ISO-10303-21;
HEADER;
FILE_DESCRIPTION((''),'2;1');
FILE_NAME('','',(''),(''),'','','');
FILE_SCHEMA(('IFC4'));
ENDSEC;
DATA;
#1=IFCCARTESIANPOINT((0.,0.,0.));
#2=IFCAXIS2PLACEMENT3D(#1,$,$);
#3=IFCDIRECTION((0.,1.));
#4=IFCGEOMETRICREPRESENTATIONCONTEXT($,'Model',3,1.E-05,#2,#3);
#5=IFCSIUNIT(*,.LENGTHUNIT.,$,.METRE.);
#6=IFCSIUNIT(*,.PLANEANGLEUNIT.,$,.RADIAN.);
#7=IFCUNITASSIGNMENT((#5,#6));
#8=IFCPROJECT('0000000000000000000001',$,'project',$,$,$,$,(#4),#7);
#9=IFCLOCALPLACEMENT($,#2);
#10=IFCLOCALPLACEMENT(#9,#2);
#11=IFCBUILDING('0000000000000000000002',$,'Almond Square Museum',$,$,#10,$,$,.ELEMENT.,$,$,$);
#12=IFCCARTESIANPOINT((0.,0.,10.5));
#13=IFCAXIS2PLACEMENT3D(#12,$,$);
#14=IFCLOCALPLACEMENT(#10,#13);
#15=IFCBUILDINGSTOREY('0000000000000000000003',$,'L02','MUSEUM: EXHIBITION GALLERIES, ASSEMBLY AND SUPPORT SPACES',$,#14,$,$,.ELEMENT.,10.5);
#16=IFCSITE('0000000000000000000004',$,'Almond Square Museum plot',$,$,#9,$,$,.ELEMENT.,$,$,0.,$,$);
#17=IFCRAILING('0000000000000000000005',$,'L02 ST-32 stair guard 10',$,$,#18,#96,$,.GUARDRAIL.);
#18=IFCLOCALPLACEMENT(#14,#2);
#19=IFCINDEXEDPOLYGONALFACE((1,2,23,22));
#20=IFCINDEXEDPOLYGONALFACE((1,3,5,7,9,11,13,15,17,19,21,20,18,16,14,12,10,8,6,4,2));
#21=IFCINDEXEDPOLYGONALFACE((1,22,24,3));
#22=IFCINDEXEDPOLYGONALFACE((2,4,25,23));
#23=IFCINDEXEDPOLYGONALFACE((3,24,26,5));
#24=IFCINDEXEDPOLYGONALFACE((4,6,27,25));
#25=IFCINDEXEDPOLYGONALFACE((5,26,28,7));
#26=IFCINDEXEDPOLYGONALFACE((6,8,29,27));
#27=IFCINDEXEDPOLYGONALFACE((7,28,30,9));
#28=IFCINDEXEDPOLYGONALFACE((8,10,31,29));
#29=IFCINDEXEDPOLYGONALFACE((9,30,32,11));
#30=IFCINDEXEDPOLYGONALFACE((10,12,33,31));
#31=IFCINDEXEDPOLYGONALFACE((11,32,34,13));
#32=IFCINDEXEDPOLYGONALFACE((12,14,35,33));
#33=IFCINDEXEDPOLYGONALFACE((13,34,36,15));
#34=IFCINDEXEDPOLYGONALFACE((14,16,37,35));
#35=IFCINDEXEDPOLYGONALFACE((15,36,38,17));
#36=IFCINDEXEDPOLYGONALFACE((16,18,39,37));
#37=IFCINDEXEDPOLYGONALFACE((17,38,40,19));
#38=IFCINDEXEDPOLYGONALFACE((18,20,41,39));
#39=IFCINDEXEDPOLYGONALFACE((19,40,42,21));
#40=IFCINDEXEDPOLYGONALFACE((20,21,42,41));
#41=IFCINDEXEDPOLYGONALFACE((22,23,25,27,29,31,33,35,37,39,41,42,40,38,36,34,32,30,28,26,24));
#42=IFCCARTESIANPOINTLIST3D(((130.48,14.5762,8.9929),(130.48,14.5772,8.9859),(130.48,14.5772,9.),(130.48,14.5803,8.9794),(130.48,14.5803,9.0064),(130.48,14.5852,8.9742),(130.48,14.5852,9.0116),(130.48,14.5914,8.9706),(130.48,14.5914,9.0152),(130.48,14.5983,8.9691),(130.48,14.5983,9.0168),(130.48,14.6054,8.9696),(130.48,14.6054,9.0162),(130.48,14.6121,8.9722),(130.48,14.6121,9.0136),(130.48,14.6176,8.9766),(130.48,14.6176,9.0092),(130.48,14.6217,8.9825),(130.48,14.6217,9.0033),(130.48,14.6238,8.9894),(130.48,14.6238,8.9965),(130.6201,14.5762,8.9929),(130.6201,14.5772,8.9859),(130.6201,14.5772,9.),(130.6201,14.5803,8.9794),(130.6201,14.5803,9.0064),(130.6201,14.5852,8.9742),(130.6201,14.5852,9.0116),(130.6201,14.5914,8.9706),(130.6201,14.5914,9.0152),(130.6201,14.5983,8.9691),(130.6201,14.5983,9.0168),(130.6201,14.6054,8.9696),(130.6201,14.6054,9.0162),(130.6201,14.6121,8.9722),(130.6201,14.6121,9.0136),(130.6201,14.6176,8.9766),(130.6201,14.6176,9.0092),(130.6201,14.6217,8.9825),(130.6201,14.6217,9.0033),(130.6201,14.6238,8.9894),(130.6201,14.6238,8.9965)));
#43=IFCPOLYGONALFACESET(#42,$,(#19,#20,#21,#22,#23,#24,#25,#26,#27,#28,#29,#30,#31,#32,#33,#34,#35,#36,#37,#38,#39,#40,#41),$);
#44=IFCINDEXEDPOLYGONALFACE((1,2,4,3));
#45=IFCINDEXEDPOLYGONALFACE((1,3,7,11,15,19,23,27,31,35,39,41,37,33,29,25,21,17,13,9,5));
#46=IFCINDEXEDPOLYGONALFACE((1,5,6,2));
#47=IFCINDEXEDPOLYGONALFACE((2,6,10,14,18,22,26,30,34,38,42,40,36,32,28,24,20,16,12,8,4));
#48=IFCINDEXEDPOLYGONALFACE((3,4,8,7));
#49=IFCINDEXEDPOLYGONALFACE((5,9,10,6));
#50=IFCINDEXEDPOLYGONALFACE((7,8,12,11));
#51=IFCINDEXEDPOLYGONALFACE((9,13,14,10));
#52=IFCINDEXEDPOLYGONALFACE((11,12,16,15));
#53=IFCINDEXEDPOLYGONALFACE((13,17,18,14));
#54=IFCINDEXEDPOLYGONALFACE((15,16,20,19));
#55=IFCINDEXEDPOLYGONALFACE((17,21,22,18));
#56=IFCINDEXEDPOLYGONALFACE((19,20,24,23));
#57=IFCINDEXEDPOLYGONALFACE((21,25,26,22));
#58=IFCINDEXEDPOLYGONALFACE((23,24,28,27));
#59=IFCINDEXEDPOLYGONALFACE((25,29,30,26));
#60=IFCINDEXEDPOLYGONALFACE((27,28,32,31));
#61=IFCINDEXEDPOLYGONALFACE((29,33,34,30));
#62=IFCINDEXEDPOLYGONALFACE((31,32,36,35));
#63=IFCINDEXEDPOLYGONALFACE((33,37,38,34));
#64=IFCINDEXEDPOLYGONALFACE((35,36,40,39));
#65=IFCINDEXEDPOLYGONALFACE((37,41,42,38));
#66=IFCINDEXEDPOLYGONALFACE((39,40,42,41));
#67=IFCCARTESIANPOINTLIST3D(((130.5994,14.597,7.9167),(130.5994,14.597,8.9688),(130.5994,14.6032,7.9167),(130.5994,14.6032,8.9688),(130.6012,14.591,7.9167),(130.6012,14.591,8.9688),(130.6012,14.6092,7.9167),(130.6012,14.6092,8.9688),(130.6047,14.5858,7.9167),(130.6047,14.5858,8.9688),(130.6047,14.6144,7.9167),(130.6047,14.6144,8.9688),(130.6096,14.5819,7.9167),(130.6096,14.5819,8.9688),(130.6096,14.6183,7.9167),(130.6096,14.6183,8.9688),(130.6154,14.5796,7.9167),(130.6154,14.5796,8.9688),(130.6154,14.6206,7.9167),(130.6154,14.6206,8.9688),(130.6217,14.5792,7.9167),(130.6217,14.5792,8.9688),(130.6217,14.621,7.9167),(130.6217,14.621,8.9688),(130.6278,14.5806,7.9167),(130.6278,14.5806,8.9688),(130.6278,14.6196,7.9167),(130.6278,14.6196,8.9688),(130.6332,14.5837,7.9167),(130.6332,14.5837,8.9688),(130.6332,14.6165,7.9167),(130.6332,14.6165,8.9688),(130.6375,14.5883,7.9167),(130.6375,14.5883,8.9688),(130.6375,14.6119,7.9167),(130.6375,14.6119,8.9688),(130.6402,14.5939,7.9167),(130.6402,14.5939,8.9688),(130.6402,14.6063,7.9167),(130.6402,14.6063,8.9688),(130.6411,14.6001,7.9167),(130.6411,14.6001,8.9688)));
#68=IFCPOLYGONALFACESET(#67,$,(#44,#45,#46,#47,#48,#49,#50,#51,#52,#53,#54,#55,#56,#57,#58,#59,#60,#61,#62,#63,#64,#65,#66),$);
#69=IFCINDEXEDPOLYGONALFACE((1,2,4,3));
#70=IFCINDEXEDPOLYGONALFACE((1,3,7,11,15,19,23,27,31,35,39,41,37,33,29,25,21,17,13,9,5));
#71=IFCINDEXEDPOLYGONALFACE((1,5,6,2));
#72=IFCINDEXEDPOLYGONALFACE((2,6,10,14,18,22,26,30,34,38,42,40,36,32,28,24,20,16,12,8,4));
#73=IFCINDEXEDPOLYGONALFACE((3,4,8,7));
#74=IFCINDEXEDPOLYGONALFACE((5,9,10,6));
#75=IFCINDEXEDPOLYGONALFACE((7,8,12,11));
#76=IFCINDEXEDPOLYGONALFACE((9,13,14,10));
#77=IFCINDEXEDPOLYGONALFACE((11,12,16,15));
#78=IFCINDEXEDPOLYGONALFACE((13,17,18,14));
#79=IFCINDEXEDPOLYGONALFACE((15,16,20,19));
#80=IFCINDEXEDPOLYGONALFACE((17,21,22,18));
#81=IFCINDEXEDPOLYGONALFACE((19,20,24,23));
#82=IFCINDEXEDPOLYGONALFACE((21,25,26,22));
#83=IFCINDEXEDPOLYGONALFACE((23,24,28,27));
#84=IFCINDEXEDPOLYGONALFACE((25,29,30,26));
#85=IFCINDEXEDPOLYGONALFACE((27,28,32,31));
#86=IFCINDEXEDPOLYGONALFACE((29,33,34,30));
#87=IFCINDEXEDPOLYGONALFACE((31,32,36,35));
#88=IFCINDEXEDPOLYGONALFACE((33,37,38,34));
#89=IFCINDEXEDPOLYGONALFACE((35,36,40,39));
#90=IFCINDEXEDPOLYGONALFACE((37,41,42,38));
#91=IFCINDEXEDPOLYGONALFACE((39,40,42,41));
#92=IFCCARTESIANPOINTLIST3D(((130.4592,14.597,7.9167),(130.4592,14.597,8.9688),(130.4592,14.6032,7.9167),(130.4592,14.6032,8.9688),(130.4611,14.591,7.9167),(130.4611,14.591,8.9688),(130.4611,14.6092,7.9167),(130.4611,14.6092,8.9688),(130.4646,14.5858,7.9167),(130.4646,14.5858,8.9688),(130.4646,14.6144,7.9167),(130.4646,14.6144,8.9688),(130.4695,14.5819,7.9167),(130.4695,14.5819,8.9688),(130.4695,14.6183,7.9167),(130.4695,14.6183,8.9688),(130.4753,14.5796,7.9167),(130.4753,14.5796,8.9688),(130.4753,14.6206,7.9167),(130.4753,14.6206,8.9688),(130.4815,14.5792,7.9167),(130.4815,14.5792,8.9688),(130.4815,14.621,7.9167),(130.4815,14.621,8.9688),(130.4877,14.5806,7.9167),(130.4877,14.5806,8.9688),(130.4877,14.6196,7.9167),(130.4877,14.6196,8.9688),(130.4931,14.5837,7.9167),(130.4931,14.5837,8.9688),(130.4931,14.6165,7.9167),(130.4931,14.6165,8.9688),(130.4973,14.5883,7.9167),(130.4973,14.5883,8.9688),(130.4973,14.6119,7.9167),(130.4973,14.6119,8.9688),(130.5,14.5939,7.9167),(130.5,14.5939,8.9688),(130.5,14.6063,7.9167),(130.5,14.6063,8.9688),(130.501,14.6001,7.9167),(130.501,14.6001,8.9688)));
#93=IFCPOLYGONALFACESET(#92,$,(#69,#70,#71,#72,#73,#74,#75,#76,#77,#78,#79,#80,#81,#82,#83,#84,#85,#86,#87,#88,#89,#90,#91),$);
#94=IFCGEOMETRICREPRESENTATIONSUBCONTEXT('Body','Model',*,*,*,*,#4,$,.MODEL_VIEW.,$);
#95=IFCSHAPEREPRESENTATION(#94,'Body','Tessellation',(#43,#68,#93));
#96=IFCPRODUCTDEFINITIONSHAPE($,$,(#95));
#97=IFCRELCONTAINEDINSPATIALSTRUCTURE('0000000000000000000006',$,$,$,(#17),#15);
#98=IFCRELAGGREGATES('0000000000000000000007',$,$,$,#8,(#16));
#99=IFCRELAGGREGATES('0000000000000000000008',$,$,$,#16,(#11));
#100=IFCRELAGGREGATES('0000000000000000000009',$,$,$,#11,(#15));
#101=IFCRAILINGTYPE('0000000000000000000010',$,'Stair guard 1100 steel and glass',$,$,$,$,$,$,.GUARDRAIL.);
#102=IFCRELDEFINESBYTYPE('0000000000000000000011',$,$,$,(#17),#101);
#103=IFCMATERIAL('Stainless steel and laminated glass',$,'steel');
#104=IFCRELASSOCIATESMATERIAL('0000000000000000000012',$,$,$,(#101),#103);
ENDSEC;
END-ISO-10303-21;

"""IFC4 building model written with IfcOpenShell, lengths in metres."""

from ifc_helpers import new_model, si_unit, direction, frame, origin, origin_2d, place, context, subcontext, project, spatial, circle, extrude, material, type_object, element, save


model = new_model("IFC4")

# Units and contexts
model_context = context("Model", 3, precision=1e-05, world=origin(), true_north=direction((0.0, 1.0)))
body_context = subcontext(model_context, "Body", "Model", "MODEL_VIEW")
ifc_project = project(units=[si_unit("LENGTHUNIT", "METRE"), si_unit("PLANEANGLEUNIT", "RADIAN")], contexts=[model_context])

# Site, building, storey
site_placement = place(None, origin())
site = spatial("IfcSite", under=ifc_project, at=site_placement, Name="Almond Square Museum plot", CompositionType="ELEMENT", RefElevation=0.0)
building_placement = place(site_placement, origin())
building = spatial("IfcBuilding", under=site, at=building_placement, Name="Almond Square Museum", CompositionType="ELEMENT")
storey_placement = place(building_placement, frame((0.0, 0.0, 10.5)))
storey = spatial("IfcBuildingStorey", under=building, at=storey_placement, Name="L02", Description="MUSEUM: EXHIBITION GALLERIES, ASSEMBLY AND SUPPORT SPACES", CompositionType="ELEMENT", Elevation=10.5)

# Railing
ifc_material_1 = material(Name="Stainless steel and laminated glass", Category="steel")
railing_type_1 = type_object("IfcRailingType", Name="Stair guard 1100 steel and glass", PredefinedType="GUARDRAIL", material=ifc_material_1)
railing_1_placement = place(storey_placement, frame((130.6201, 14.6001, 7.9167)))
element("IfcRailing", 1, at=railing_1_placement, inside=storey, type_object=railing_type_1, Name="L02 ST-32 stair guard 10", PredefinedType="GUARDRAIL", context=body_context, shape_type="SweptSolid", body=[
    extrude(circle(Radius=0.0239, at=origin_2d()), frame((0.0, 0.0, 1.0762), z_axis=(-1.0, 0.0, 0.0), x_axis=(0.0, -1.0, 0.0)), (0.0, 0.0, 1.0), 0.1401),
    extrude(circle(Radius=0.021, at=origin_2d()), origin(), (0.0, 0.0, 1.0), 1.052),
    extrude(circle(Radius=0.021, at=origin_2d()), frame((-0.1401, 0.0, 0.0)), (0.0, 0.0, 1.0), 1.052),
])

save(model, "model.ifc")
